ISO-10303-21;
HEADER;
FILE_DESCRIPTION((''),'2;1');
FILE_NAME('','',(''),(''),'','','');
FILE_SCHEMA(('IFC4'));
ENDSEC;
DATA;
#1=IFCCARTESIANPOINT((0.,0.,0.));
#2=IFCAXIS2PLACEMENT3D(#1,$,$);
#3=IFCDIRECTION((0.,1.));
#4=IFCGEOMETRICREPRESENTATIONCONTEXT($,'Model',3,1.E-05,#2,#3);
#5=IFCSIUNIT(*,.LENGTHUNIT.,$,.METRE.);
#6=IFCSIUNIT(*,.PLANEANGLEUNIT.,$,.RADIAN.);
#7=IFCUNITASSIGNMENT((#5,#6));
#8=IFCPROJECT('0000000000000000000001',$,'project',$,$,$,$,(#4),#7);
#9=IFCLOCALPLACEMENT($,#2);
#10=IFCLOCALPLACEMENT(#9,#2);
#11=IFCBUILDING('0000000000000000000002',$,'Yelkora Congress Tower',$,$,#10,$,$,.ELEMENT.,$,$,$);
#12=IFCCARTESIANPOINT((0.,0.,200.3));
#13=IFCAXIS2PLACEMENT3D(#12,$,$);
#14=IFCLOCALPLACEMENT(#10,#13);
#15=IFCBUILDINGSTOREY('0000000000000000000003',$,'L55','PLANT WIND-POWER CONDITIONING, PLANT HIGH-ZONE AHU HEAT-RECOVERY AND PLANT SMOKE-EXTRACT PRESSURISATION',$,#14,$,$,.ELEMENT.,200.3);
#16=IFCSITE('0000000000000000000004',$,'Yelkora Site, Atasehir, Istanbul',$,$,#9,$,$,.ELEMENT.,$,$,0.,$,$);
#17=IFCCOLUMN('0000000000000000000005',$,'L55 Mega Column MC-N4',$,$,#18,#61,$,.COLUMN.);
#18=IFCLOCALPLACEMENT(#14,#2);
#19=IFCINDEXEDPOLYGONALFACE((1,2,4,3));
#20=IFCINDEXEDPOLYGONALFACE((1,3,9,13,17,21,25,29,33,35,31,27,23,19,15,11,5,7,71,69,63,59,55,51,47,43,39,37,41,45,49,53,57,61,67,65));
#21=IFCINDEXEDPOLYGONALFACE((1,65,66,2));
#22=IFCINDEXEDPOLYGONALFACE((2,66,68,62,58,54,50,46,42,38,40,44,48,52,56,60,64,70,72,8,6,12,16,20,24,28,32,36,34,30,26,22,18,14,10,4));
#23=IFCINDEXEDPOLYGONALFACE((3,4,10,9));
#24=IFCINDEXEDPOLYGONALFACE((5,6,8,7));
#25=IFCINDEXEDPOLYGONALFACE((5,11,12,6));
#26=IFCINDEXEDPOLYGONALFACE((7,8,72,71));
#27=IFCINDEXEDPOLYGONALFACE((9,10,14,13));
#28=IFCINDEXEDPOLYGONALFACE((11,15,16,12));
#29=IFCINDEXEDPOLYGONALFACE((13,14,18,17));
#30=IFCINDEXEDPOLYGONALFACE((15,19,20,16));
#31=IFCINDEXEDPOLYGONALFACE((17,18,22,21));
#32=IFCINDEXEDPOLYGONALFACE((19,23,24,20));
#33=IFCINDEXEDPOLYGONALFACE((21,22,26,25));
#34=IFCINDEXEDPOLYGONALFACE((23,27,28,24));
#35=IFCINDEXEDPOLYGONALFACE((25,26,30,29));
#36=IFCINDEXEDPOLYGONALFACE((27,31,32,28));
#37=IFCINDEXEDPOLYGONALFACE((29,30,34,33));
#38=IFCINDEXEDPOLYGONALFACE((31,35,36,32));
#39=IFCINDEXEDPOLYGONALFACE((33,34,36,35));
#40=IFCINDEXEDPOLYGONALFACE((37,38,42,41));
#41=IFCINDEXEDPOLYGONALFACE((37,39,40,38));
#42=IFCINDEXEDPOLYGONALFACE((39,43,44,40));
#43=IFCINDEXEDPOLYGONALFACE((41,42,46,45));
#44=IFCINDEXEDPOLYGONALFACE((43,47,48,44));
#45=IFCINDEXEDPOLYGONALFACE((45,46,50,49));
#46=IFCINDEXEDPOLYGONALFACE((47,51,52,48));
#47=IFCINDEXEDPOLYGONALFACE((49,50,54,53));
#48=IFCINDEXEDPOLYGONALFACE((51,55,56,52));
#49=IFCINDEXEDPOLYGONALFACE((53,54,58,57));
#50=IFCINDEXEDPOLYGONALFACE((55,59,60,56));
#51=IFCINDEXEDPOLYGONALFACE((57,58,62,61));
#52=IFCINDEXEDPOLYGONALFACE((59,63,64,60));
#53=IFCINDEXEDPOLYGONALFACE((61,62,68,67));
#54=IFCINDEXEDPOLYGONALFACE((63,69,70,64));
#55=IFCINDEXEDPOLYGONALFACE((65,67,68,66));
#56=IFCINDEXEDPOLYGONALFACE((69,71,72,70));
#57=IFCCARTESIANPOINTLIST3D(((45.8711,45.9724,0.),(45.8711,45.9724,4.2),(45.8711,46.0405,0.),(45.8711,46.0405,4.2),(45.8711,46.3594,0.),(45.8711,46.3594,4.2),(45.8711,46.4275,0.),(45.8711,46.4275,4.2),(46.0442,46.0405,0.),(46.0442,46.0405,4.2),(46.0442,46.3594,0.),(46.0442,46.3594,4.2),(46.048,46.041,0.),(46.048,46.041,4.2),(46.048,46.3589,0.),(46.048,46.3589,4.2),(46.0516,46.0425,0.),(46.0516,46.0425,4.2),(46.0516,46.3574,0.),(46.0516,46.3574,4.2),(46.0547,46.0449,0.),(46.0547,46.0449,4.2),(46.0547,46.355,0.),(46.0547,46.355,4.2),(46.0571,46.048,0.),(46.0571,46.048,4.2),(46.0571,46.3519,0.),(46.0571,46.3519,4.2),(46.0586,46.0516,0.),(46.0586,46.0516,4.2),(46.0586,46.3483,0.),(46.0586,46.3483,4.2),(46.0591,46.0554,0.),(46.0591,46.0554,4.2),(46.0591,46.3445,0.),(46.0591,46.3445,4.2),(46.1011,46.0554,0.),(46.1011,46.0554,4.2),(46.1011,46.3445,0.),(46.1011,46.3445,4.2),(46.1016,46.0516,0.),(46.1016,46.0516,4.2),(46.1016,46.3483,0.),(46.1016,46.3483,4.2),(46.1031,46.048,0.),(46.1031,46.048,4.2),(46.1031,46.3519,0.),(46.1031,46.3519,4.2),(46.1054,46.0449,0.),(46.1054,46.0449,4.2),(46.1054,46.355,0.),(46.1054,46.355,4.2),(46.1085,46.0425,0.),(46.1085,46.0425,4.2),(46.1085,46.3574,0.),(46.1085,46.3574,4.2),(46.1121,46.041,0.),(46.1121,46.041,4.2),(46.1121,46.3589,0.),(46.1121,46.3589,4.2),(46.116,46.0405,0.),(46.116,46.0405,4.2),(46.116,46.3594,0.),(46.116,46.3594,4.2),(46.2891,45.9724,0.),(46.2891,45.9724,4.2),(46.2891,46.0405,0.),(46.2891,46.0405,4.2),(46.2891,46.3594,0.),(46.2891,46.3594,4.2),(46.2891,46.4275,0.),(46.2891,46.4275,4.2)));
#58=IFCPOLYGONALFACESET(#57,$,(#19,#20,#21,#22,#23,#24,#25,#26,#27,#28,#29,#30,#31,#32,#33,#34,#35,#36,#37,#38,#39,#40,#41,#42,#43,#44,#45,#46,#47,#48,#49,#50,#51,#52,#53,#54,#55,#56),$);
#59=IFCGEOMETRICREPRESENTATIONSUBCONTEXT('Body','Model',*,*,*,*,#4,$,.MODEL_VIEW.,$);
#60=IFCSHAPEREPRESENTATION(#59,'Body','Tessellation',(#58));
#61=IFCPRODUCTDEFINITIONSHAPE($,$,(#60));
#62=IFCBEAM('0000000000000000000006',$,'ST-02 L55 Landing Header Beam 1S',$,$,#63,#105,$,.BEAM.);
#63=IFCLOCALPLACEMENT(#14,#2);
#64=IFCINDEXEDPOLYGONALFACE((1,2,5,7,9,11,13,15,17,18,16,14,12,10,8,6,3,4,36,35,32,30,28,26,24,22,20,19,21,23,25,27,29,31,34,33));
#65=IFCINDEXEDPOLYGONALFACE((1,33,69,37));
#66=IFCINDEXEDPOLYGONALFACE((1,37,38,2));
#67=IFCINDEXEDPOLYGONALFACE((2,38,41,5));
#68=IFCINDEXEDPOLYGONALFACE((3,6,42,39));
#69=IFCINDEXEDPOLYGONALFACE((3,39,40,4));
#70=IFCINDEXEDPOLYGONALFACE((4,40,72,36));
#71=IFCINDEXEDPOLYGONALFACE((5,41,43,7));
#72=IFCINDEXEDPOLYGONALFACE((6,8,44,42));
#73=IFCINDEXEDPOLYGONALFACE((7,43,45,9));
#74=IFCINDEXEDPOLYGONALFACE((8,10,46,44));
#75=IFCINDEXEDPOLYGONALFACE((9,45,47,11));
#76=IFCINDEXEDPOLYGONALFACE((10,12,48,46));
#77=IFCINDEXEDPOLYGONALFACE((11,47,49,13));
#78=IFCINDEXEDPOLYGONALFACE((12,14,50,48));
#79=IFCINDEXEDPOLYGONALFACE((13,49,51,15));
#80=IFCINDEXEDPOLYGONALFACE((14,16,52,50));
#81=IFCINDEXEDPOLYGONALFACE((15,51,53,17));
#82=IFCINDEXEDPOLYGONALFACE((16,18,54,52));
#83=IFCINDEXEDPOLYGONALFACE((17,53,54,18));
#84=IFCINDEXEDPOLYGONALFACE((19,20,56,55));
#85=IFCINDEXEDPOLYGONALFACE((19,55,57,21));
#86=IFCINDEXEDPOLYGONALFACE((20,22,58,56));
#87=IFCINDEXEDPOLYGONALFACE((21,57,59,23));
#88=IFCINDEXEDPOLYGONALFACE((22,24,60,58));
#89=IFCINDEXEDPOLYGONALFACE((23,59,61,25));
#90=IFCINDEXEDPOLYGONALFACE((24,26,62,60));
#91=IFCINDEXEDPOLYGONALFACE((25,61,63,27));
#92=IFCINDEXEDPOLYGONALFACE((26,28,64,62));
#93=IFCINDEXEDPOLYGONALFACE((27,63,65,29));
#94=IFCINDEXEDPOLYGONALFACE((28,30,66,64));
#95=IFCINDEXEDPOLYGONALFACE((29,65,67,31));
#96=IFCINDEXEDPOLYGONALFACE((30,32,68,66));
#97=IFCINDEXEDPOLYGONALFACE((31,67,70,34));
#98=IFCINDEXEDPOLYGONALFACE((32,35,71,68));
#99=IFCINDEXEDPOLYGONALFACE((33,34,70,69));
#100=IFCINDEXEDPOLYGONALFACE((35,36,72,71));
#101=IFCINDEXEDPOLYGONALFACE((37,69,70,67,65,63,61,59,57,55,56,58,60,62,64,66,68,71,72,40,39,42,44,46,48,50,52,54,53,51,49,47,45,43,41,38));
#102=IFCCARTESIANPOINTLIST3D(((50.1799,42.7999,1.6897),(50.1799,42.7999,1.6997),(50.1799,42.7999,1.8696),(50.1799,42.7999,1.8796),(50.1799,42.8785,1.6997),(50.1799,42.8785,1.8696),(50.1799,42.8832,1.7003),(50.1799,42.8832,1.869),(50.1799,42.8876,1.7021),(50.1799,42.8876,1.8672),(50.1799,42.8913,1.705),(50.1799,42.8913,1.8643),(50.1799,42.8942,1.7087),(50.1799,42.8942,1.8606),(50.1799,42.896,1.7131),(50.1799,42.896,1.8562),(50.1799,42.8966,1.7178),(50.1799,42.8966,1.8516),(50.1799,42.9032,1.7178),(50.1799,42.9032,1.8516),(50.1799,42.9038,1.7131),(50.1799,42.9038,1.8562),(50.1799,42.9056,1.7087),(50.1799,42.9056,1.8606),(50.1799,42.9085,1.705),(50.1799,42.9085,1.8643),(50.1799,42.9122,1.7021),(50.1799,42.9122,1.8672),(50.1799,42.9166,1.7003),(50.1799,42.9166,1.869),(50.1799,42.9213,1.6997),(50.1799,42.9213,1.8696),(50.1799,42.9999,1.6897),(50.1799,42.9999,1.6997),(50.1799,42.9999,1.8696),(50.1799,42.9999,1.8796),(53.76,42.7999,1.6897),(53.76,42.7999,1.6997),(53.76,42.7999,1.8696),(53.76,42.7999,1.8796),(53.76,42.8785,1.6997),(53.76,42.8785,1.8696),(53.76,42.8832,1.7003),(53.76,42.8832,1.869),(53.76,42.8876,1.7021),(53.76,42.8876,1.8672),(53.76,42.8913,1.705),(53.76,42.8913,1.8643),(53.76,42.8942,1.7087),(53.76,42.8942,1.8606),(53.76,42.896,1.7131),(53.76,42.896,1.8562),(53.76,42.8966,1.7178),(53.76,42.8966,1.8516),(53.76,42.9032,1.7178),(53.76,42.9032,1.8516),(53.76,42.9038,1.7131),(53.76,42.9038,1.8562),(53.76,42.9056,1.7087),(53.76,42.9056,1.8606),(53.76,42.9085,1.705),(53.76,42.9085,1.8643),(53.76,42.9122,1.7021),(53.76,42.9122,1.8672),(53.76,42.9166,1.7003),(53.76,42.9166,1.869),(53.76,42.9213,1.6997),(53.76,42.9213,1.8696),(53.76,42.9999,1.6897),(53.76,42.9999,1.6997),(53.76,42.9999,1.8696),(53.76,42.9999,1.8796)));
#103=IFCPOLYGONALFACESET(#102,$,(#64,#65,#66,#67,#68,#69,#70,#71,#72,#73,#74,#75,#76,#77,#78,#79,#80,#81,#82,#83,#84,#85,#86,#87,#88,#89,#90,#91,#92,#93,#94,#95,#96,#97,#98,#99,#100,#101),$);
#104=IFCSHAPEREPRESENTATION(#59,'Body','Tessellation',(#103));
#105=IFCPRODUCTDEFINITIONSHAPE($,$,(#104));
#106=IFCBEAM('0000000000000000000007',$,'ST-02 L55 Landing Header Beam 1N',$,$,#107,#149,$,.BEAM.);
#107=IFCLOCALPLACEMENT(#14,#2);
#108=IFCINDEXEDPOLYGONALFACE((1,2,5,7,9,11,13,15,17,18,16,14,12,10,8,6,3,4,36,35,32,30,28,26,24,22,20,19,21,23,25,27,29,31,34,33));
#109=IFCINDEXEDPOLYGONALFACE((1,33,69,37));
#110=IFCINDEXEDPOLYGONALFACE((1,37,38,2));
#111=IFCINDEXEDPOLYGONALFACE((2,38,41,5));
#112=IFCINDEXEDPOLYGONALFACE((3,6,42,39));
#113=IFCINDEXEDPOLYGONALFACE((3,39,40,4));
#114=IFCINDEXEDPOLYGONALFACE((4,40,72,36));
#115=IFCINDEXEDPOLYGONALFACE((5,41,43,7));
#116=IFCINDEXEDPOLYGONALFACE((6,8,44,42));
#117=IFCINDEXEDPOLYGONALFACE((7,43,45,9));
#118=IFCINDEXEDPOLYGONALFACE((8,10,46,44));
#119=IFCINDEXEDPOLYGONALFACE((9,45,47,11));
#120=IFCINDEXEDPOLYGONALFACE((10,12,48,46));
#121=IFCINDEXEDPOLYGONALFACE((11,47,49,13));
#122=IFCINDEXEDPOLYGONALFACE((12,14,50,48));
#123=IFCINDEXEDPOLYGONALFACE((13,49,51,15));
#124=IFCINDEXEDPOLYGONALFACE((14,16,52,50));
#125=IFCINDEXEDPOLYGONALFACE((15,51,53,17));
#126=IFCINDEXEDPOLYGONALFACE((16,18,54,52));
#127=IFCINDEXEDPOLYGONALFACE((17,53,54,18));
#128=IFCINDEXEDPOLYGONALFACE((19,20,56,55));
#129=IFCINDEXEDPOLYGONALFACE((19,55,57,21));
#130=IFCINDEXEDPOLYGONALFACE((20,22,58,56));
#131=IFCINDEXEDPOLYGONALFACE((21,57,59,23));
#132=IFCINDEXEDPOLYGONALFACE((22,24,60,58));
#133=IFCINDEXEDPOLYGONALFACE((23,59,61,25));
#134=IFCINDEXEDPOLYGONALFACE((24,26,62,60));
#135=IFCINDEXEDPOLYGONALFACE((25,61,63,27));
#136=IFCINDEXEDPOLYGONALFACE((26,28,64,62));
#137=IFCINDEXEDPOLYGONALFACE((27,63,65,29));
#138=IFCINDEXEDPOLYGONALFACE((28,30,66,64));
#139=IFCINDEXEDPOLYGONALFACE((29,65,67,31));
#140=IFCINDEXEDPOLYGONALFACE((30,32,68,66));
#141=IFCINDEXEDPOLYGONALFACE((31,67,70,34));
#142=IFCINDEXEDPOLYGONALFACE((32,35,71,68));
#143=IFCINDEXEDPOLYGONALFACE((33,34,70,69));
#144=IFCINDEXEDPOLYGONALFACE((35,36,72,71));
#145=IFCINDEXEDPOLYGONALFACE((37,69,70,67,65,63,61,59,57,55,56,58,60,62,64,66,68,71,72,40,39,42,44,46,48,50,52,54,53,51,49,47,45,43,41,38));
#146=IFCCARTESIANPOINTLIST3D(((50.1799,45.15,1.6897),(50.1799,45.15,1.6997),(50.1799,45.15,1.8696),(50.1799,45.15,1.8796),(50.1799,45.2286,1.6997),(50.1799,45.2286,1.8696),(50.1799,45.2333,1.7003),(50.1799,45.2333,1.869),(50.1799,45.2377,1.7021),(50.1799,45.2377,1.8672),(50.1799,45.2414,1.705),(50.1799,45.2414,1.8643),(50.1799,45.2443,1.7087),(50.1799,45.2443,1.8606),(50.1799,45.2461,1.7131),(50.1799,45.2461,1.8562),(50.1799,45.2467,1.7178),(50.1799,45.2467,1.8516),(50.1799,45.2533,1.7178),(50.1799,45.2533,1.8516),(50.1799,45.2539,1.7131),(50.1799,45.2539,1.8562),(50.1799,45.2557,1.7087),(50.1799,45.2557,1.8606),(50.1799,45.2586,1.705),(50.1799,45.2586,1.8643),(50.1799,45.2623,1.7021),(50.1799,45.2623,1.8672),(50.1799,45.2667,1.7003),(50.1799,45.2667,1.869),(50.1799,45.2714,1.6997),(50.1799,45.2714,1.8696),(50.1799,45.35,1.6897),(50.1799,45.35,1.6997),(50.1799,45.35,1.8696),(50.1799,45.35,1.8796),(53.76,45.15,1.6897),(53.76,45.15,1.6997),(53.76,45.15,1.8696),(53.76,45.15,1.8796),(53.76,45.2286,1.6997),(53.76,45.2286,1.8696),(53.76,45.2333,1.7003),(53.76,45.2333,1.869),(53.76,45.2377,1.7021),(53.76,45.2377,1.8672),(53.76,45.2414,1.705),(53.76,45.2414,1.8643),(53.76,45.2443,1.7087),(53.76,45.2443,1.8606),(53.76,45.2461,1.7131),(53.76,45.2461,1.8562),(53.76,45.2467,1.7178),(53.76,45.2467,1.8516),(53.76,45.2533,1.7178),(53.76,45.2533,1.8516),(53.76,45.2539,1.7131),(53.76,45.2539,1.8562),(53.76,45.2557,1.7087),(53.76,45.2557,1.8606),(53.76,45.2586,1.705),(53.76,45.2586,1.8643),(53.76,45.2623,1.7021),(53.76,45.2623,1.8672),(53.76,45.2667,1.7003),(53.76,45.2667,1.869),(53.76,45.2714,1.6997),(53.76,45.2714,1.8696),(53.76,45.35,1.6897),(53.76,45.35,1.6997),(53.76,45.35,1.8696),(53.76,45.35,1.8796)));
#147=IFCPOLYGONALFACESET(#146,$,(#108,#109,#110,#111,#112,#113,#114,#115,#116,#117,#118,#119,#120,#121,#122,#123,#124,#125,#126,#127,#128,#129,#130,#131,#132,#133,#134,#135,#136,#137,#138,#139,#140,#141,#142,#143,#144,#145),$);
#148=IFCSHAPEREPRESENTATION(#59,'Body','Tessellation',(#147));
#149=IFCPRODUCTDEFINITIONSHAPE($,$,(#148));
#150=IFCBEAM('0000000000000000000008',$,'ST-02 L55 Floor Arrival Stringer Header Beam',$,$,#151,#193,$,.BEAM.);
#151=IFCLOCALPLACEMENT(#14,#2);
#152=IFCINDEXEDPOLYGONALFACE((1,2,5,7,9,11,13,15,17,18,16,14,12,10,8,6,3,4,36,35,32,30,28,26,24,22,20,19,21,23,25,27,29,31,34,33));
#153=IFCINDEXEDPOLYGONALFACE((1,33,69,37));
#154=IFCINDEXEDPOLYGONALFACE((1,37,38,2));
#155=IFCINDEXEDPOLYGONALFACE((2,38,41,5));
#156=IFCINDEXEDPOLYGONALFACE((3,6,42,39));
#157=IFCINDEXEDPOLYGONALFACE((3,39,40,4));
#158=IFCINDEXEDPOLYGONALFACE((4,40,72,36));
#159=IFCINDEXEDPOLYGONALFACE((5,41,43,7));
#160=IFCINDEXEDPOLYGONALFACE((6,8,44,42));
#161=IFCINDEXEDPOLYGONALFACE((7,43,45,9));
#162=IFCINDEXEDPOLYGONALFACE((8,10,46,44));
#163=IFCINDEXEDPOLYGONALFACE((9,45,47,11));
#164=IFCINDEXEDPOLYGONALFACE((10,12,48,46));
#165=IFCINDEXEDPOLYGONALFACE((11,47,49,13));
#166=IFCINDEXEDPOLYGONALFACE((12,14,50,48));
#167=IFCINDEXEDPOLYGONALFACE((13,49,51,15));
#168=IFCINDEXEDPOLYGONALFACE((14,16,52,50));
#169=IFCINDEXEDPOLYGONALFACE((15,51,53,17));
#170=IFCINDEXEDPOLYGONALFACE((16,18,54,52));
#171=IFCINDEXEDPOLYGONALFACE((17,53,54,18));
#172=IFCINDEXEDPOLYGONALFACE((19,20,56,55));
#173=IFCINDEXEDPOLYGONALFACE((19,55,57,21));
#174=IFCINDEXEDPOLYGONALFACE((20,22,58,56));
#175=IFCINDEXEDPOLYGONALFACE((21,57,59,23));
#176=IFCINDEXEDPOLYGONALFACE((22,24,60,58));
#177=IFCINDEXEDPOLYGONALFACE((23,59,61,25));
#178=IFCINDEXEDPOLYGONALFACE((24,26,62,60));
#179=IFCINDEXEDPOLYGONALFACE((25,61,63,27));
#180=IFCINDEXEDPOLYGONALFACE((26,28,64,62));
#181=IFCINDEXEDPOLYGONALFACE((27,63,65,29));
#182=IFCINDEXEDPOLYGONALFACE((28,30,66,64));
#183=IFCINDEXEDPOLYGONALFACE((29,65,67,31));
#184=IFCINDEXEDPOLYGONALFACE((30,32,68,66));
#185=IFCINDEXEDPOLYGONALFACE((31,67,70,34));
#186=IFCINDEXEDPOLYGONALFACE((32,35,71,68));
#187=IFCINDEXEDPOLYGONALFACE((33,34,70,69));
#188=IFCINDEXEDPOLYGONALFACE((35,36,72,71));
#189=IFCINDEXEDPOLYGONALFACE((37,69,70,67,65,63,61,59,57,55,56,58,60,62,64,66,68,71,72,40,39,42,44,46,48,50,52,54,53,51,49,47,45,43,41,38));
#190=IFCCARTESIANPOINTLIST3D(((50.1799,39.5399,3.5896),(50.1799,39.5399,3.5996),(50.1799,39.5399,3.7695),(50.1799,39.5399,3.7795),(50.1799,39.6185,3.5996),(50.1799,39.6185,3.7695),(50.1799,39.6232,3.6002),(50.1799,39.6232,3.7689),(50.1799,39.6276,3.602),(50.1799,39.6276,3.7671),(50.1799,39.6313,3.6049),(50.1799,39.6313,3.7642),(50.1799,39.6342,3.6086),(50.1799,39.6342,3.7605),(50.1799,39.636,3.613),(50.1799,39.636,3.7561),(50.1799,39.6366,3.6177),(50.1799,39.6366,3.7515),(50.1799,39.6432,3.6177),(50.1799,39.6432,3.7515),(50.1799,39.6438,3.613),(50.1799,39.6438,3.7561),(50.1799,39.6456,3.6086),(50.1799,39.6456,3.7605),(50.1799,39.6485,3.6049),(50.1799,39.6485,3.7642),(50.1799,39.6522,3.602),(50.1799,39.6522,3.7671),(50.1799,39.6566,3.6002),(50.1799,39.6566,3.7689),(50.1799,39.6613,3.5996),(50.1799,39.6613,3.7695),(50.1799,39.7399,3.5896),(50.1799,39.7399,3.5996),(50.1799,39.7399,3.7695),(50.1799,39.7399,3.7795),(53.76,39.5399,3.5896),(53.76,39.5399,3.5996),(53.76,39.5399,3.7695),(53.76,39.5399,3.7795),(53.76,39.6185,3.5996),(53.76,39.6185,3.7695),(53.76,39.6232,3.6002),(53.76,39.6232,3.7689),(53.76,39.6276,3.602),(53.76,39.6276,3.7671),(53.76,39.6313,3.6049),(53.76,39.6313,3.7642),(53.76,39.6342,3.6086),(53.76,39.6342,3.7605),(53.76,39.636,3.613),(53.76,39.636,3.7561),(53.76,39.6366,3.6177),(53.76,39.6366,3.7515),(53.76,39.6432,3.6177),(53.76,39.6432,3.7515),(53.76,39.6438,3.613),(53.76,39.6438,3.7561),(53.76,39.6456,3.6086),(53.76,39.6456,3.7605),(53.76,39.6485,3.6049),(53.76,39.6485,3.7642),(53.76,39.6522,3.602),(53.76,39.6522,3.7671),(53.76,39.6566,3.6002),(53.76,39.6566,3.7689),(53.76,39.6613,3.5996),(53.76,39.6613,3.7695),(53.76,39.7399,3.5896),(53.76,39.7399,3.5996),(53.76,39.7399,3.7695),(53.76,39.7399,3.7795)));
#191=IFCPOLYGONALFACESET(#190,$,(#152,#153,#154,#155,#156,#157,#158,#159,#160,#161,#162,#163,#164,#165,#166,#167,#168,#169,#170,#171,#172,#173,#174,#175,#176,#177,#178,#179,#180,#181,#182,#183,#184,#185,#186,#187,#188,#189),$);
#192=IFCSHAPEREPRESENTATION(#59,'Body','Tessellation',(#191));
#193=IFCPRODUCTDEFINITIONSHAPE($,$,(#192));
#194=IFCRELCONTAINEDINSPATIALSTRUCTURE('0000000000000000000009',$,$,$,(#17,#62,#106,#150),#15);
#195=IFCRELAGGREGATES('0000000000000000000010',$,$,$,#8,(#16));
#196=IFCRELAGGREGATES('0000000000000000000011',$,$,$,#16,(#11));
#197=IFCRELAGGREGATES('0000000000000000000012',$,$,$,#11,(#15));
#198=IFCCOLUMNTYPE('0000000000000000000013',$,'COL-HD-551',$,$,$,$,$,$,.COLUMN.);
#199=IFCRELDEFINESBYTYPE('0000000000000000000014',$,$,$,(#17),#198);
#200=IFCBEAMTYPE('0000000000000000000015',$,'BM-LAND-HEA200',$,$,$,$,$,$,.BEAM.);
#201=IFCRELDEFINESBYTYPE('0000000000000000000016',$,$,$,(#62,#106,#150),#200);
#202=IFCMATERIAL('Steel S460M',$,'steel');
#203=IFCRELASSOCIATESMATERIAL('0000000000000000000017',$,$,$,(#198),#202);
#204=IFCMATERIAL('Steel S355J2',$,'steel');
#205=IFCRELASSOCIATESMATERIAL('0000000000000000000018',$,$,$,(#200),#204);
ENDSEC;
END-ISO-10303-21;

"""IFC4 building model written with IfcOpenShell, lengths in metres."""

from ifc_helpers import new_model, si_unit, direction, frame, origin, origin_2d, place, context, subcontext, project, spatial, i_section, extrude, material, material_profile, profile_set, type_object, element, save


model = new_model("IFC4")

# Units and contexts
model_context = context("Model", 3, precision=1e-05, world=origin(), true_north=direction((0.0, 1.0)))
body_context = subcontext(model_context, "Body", "Model", "MODEL_VIEW")
ifc_project = project(units=[si_unit("LENGTHUNIT", "METRE"), si_unit("PLANEANGLEUNIT", "RADIAN")], contexts=[model_context])

# Site, building, storey
site_placement = place(None, origin())
site = spatial("IfcSite", under=ifc_project, at=site_placement, Name="Yelkora Site, Atasehir, Istanbul", CompositionType="ELEMENT", RefElevation=0.0)
building_placement = place(site_placement, origin())
building = spatial("IfcBuilding", under=site, at=building_placement, Name="Yelkora Congress Tower", CompositionType="ELEMENT")
storey_placement = place(building_placement, frame((0.0, 0.0, 200.3)))
storey = spatial("IfcBuildingStorey", under=building, at=storey_placement, Name="L55", Description="PLANT WIND-POWER CONDITIONING, PLANT HIGH-ZONE AHU HEAT-RECOVERY AND PLANT SMOKE-EXTRACT PRESSURISATION", CompositionType="ELEMENT", Elevation=200.3)

# Column
ifc_material_1 = material(Name="Steel S460M", Category="steel")
ifc_material_profile_1 = material_profile(ifc_material_1, i_section(OverallWidth=0.418, OverallDepth=0.4551, WebThickness=0.042, FlangeThickness=0.0681, FilletRadius=0.0149, at=origin_2d()), Name="HD 400x551")
ifc_profile_set_1 = profile_set([ifc_material_profile_1], Name="Steel S460M")
column_type = type_object("IfcColumnType", Name="COL-HD-551", PredefinedType="COLUMN", material=ifc_profile_set_1)
column_placement = place(storey_placement, frame((46.0801, 46.2, 0.0), z_axis=(0.0, 0.0, 1.0), x_axis=(1.0, 0.0, 0.0)))
element("IfcColumn", 1, at=column_placement, inside=storey, type_object=column_type, Name="L55 Mega Column MC-N4", PredefinedType="COLUMN", context=body_context, shape_type="SweptSolid", body=[
    extrude(i_section(OverallWidth=0.418, OverallDepth=0.4551, WebThickness=0.042, FlangeThickness=0.0681, FilletRadius=0.0149, at=origin_2d()), origin(), (0.0, 0.0, 1.0), 4.2),
])

# Beams
ifc_material_2 = material(Name="Steel S355J2", Category="steel")
ifc_material_profile_2 = material_profile(ifc_material_2, i_section(OverallWidth=0.2, OverallDepth=0.1899, WebThickness=0.0066, FlangeThickness=0.01, FilletRadius=0.0181, at=origin_2d()), Name="HEA 200")
ifc_profile_set_2 = profile_set([ifc_material_profile_2], Name="Steel S355J2")
beam_type_1 = type_object("IfcBeamType", Name="BM-LAND-HEA200", PredefinedType="BEAM", material=ifc_profile_set_2)
for number, where, z_axis, x_axis, name in (
    (2, (50.1799, 42.8999, 1.7847), (1.0, 0.0, 0.0), (0.0, 1.0, 0.0), "ST-02 L55 Landing Header Beam 1S"),
    (3, (50.1799, 45.25, 1.7847), (1.0, 0.0, 0.0), (0.0, 1.0, 0.0), "ST-02 L55 Landing Header Beam 1N"),
    (4, (50.1799, 39.6399, 3.6846), (1.0, 0.0, 0.0), (0.0, 1.0, 0.0), "ST-02 L55 Floor Arrival Stringer Header Beam"),
):
    element("IfcBeam", number, at=place(storey_placement, frame(where, z_axis=z_axis, x_axis=x_axis)), inside=storey, type_object=beam_type_1, Name=name, PredefinedType="BEAM", context=body_context, shape_type="SweptSolid", body=[
        extrude(i_section(OverallWidth=0.2, OverallDepth=0.1899, WebThickness=0.0066, FlangeThickness=0.01, FilletRadius=0.0181, at=origin_2d()), origin(), (0.0, 0.0, 1.0), 3.5801),
    ])

save(model, "model.ifc")
